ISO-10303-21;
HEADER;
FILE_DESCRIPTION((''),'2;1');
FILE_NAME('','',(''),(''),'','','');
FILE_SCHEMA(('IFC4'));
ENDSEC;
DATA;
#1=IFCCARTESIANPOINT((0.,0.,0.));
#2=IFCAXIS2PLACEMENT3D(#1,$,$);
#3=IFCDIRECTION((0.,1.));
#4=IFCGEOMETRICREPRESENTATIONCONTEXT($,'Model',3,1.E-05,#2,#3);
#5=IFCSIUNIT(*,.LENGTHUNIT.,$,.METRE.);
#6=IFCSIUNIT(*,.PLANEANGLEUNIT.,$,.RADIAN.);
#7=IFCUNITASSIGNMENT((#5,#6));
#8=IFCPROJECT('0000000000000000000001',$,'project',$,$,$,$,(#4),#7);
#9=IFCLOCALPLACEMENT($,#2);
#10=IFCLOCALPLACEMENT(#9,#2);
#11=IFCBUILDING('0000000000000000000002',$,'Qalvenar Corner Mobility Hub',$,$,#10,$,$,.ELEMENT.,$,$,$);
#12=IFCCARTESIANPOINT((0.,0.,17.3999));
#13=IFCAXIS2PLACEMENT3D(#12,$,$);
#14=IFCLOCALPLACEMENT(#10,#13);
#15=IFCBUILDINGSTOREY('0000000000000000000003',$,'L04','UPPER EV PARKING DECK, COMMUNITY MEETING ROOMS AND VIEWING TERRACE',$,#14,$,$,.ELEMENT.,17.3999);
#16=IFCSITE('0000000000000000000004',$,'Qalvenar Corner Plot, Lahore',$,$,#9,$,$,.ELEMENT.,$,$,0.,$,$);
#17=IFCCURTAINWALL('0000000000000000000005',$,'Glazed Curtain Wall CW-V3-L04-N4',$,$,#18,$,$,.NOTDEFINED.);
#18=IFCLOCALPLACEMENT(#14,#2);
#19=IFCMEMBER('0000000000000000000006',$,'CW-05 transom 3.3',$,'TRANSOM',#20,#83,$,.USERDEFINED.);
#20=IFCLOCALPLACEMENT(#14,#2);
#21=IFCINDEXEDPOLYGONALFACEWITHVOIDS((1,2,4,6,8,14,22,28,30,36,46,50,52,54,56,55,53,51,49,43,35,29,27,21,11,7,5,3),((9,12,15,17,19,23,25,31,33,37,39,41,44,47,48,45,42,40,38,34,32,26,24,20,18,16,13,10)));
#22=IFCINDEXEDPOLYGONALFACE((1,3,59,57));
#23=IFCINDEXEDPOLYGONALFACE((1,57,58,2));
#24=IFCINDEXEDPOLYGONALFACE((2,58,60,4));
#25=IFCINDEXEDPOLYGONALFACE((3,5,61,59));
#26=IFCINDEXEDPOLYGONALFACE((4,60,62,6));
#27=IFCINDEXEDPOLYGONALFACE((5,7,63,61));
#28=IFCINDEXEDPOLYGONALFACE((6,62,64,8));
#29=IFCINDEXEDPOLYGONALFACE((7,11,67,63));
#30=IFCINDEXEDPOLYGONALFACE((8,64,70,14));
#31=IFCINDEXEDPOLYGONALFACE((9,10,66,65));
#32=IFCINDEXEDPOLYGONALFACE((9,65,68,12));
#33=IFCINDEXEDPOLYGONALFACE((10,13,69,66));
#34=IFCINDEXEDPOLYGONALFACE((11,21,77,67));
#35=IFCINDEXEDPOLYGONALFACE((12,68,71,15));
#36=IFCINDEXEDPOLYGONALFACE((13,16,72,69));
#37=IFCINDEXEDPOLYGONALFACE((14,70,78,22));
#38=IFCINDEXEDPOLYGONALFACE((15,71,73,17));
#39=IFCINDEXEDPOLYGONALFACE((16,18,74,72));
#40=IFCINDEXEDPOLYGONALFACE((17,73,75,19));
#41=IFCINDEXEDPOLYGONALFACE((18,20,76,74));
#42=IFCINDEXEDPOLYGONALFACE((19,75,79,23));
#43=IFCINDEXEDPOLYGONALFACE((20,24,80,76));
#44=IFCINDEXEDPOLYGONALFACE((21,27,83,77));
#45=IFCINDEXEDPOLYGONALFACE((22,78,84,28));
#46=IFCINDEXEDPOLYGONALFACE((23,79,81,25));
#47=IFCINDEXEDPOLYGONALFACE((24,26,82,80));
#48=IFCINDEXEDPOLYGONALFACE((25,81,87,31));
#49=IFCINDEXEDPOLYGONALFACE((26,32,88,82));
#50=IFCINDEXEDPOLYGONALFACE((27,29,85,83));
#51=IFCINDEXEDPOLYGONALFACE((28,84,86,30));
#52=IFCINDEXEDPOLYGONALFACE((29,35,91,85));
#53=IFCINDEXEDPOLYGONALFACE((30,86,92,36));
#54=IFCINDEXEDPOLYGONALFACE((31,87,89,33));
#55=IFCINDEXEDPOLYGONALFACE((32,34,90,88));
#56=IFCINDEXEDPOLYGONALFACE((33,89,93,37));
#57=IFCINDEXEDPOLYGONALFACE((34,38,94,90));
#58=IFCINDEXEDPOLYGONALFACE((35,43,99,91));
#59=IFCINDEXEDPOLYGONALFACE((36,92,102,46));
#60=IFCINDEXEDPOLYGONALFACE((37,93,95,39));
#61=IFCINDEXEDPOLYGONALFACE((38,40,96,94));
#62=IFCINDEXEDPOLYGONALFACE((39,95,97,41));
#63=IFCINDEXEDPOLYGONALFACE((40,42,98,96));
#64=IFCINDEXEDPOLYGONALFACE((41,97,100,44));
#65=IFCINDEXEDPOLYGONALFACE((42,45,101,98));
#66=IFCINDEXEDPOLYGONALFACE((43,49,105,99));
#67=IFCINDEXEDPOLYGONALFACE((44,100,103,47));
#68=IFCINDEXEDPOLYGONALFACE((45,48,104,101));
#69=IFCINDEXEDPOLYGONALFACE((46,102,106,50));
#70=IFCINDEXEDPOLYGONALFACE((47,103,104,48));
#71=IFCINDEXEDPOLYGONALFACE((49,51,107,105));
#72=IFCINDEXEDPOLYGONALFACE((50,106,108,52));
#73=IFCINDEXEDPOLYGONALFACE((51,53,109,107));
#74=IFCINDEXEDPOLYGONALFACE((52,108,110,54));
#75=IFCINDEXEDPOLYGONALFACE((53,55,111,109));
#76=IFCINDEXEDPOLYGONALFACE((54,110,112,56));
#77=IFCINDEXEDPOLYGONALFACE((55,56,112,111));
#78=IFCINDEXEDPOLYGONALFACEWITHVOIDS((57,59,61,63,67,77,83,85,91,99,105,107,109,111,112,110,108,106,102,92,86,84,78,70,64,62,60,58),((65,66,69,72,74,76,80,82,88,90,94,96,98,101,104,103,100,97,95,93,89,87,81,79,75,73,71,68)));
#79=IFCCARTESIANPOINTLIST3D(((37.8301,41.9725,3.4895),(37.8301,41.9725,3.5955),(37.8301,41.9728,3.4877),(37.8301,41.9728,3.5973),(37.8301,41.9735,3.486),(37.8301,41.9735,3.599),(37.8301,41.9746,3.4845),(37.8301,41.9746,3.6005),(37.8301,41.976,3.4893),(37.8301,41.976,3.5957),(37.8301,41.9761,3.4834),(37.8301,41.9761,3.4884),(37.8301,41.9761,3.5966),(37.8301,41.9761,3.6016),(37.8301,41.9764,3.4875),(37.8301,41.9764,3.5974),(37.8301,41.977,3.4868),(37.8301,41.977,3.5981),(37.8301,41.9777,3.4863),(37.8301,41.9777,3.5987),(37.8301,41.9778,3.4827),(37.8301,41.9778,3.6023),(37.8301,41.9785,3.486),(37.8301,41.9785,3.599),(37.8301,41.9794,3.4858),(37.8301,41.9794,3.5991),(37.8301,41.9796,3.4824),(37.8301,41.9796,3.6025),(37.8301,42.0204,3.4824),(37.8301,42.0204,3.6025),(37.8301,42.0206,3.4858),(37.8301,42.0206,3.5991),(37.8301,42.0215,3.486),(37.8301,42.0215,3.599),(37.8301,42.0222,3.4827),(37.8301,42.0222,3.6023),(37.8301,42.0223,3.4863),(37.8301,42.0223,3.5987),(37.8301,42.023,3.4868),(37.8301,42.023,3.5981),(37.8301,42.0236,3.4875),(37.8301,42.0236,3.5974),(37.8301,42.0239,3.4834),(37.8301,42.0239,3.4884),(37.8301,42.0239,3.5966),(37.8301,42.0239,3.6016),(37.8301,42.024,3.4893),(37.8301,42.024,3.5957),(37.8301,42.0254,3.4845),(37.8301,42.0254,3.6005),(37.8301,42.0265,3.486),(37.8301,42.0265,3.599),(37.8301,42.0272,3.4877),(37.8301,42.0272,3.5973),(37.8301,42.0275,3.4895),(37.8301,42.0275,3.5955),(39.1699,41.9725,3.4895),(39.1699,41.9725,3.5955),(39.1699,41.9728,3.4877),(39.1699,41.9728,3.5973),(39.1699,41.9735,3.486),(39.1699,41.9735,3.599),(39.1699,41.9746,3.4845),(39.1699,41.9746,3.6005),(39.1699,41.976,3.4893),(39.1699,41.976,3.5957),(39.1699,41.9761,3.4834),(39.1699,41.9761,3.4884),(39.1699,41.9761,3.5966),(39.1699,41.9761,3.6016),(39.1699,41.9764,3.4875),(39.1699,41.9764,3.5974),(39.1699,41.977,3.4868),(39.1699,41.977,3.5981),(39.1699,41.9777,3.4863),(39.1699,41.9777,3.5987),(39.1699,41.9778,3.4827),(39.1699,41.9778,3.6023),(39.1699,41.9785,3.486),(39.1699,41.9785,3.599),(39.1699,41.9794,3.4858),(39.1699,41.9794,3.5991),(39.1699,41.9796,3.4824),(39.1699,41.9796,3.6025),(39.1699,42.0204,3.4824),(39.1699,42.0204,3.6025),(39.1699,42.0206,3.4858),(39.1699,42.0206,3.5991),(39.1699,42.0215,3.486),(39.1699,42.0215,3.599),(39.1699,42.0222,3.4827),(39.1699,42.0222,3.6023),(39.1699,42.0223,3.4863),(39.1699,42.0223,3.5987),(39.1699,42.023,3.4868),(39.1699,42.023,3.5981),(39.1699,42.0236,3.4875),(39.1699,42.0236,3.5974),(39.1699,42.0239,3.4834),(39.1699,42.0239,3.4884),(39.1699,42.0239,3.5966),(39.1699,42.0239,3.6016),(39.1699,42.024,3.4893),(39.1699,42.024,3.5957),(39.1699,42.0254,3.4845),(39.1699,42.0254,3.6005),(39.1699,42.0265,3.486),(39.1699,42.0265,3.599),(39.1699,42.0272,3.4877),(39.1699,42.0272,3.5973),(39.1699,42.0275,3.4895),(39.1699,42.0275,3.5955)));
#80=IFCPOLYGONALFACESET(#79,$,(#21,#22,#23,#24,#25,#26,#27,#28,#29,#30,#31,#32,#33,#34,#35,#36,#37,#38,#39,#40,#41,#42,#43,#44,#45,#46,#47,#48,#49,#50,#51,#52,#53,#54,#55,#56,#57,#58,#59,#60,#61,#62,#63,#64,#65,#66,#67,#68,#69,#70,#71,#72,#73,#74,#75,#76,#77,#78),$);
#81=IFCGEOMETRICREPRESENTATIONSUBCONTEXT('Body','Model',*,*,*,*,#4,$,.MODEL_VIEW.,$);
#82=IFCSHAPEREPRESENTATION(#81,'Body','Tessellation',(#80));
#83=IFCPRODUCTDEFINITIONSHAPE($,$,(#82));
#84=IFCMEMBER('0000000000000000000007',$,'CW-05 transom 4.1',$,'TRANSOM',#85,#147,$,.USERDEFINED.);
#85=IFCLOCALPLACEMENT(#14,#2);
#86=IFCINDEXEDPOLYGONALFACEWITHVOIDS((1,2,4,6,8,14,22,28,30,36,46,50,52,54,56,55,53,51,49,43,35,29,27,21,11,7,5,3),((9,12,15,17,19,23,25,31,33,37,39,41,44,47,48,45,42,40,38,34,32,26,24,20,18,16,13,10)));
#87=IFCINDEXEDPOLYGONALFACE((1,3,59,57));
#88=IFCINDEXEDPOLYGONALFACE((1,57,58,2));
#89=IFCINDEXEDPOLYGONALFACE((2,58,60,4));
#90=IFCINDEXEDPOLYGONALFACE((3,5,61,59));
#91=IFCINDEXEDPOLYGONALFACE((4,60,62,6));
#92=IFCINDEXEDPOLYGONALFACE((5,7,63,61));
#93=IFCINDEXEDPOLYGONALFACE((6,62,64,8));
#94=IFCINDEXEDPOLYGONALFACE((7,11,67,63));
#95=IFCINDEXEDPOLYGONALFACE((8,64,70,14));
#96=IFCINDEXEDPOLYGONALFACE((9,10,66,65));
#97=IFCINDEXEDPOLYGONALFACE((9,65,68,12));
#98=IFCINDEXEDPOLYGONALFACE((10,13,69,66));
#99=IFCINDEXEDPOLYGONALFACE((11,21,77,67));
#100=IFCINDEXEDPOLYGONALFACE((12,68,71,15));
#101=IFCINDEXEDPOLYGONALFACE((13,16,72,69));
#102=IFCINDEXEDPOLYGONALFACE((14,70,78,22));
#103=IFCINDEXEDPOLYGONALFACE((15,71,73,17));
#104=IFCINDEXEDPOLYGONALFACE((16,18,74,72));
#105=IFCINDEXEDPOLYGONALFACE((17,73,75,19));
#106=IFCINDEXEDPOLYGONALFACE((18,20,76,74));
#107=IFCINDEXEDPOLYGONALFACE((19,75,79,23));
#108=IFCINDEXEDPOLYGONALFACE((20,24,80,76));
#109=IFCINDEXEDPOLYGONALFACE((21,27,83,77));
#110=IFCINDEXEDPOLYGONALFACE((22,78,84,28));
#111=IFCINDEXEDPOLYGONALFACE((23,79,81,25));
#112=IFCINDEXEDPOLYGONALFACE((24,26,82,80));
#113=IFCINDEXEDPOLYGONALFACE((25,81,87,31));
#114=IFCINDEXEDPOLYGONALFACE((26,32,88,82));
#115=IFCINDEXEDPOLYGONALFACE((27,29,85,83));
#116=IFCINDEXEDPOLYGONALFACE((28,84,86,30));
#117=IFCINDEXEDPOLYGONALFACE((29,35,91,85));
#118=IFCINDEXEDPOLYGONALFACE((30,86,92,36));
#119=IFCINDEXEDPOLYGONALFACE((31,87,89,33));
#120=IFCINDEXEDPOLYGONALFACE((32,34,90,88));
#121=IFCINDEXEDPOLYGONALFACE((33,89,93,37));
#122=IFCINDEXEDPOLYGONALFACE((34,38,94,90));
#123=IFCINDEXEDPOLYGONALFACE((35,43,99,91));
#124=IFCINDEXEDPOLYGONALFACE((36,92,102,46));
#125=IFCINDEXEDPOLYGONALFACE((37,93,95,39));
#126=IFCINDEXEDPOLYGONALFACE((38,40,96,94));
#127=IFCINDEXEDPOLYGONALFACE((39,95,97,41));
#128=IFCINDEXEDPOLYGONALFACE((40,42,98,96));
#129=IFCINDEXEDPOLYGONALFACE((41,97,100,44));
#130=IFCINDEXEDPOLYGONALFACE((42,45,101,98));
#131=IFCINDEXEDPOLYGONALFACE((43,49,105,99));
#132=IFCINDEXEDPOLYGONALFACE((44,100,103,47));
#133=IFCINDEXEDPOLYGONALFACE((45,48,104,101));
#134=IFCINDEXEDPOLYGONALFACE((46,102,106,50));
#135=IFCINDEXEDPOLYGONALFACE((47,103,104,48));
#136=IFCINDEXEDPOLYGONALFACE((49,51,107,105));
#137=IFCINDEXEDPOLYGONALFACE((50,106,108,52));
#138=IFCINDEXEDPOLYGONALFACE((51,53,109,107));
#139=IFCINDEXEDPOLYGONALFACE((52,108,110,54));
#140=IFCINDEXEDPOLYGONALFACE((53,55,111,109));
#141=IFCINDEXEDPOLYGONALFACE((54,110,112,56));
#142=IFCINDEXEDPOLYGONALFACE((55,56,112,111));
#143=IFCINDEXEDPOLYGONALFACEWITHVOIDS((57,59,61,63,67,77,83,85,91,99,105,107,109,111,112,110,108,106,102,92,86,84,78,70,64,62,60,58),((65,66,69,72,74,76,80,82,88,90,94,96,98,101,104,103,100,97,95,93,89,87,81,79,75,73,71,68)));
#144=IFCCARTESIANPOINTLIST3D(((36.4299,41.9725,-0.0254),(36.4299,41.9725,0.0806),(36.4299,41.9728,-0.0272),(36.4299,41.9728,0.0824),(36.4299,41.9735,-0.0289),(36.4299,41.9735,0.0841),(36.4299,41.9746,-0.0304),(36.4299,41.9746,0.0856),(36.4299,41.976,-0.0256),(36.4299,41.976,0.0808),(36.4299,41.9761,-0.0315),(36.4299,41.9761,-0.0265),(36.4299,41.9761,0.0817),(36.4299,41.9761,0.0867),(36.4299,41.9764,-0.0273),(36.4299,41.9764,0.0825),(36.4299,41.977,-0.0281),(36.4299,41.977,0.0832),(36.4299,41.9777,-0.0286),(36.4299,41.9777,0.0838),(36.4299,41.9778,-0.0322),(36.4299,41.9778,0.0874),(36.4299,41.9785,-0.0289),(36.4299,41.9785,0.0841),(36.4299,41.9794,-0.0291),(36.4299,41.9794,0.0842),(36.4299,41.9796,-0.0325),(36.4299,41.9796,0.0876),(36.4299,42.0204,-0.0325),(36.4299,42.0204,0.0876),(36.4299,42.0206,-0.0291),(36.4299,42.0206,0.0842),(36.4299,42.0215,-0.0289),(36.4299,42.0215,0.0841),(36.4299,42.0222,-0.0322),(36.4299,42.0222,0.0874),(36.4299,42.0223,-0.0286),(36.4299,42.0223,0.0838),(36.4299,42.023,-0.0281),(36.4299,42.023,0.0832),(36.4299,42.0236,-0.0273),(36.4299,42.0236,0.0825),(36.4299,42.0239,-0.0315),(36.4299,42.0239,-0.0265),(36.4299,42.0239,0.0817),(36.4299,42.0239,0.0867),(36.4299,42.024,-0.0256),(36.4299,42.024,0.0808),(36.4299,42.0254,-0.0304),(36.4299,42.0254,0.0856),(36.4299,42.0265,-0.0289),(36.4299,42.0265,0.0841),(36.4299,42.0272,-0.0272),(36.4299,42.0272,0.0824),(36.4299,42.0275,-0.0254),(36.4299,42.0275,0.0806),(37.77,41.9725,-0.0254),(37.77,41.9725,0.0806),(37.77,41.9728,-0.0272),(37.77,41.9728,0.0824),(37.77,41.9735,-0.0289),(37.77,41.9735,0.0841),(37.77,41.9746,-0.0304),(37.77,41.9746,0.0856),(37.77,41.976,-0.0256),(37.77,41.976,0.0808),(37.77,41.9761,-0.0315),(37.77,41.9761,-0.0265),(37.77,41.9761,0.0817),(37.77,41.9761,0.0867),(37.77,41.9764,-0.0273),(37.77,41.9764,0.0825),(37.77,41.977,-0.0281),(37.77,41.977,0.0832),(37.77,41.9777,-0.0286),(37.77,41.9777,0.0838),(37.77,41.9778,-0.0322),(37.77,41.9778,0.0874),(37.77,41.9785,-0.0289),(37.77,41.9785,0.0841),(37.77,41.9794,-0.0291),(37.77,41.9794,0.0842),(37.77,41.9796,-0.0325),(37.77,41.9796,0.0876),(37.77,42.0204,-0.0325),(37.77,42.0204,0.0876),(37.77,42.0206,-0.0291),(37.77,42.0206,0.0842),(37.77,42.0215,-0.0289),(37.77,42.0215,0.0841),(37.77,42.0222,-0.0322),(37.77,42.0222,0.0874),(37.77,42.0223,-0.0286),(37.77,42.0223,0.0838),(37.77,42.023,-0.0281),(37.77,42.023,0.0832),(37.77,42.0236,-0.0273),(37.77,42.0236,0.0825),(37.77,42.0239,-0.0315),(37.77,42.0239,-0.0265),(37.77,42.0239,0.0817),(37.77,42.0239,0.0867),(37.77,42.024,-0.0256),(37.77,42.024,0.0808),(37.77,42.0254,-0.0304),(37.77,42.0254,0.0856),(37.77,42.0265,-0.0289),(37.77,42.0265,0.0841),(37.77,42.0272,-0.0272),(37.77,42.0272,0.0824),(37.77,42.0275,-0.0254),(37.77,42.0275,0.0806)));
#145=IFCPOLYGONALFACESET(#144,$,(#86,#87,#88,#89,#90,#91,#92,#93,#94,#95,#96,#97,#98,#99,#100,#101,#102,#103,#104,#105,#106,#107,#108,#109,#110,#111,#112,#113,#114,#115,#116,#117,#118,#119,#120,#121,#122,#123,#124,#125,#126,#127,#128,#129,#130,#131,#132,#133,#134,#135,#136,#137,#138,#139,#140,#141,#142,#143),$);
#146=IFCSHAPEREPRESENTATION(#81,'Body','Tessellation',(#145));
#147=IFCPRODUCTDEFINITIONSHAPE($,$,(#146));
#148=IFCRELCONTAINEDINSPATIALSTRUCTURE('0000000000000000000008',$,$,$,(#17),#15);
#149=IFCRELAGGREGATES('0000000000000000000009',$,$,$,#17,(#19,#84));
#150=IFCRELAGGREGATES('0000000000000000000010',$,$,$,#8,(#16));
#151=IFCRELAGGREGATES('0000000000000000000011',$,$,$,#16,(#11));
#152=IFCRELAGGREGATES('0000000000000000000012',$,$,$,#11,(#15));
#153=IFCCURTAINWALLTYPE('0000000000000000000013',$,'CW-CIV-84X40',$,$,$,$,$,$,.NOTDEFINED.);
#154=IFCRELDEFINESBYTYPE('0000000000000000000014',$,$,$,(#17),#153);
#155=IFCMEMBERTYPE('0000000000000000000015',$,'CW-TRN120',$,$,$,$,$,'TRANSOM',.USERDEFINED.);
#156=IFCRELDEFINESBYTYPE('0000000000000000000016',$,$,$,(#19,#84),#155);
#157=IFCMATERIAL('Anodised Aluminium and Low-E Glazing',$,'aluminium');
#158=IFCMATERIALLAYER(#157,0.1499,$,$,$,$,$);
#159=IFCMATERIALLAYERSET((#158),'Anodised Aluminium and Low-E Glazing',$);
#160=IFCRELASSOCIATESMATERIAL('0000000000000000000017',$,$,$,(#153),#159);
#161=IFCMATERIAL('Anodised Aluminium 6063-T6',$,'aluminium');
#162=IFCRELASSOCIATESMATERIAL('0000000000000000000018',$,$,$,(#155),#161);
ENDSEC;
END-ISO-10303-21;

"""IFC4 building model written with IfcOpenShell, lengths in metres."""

from ifc_helpers import new_model, si_unit, direction, frame, origin, origin_2d, place, context, subcontext, project, spatial, hollow_rectangle, extrude, material, layer, layer_set, material_profile, profile_set, type_object, element, aggregate, save


model = new_model("IFC4")

# Units and contexts
model_context = context("Model", 3, precision=1e-05, world=origin(), true_north=direction((0.0, 1.0)))
body_context = subcontext(model_context, "Body", "Model", "MODEL_VIEW")
ifc_project = project(units=[si_unit("LENGTHUNIT", "METRE"), si_unit("PLANEANGLEUNIT", "RADIAN")], contexts=[model_context])

# Site, building, storey
site_placement = place(None, origin())
site = spatial("IfcSite", under=ifc_project, at=site_placement, Name="Qalvenar Corner Plot, Lahore", CompositionType="ELEMENT", RefElevation=0.0)
building_placement = place(site_placement, origin())
building = spatial("IfcBuilding", under=site, at=building_placement, Name="Qalvenar Corner Mobility Hub", CompositionType="ELEMENT")
storey_placement = place(building_placement, frame((0.0, 0.0, 17.3999)))
storey = spatial("IfcBuildingStorey", under=building, at=storey_placement, Name="L04", Description="UPPER EV PARKING DECK, COMMUNITY MEETING ROOMS AND VIEWING TERRACE", CompositionType="ELEMENT", Elevation=17.3999)

# Curtain wall, members
ifc_material_1 = material(Name="Anodised Aluminium and Low-E Glazing", Category="aluminium")
ifc_layer_1 = layer(ifc_material_1, 0.1499)
ifc_layer_set_1 = layer_set([ifc_layer_1], Name="Anodised Aluminium and Low-E Glazing")
curtain_wall_type = type_object("IfcCurtainWallType", Name="CW-CIV-84X40", PredefinedType="NOTDEFINED", material=ifc_layer_set_1)
curtain_wall_placement = place(storey_placement, origin())
curtain_wall = element("IfcCurtainWall", 1, at=curtain_wall_placement, inside=storey, type_object=curtain_wall_type, Name="Glazed Curtain Wall CW-V3-L04-N4", PredefinedType="NOTDEFINED")
ifc_material_2 = material(Name="Anodised Aluminium 6063-T6", Category="aluminium")
ifc_material_profile_1 = material_profile(ifc_material_2, hollow_rectangle(XDim=0.0549, YDim=0.1201, WallThickness=0.0034, InnerFilletRadius=0.0034, OuterFilletRadius=0.0071, at=origin_2d()), Name="RHS120x55x3.5")
ifc_profile_set_1 = profile_set([ifc_material_profile_1], Name="Anodised Aluminium 6063-T6")
member_type_1 = type_object("IfcMemberType", Name="CW-TRN120", ElementType="TRANSOM", PredefinedType="USERDEFINED", material=ifc_profile_set_1)
member_1_placement = place(storey_placement, frame((39.1699, 42.0, 3.5425), z_axis=(-1.0, 0.0, 0.0), x_axis=(0.0, -1.0, 0.0)))
member_1 = element("IfcMember", 2, at=member_1_placement, type_object=member_type_1, Name="CW-05 transom 3.3", ObjectType="TRANSOM", PredefinedType="USERDEFINED", context=body_context, shape_type="SweptSolid", body=[
    extrude(hollow_rectangle(XDim=0.0549, YDim=0.1201, WallThickness=0.0034, InnerFilletRadius=0.0034, OuterFilletRadius=0.0071, at=origin_2d()), origin(), (0.0, 0.0, 1.0), 1.3398),
])
member_2_placement = place(storey_placement, frame((37.77, 42.0, 0.0276), z_axis=(-1.0, 0.0, 0.0), x_axis=(0.0, -1.0, 0.0)))
member_2 = element("IfcMember", 3, at=member_2_placement, type_object=member_type_1, Name="CW-05 transom 4.1", ObjectType="TRANSOM", PredefinedType="USERDEFINED", context=body_context, shape_type="SweptSolid", body=[
    extrude(hollow_rectangle(XDim=0.0549, YDim=0.1201, WallThickness=0.0034, InnerFilletRadius=0.0034, OuterFilletRadius=0.0071, at=origin_2d()), origin(), (0.0, 0.0, 1.0), 1.3401),
])
aggregate(curtain_wall, [member_1, member_2])

save(model, "model.ifc")
